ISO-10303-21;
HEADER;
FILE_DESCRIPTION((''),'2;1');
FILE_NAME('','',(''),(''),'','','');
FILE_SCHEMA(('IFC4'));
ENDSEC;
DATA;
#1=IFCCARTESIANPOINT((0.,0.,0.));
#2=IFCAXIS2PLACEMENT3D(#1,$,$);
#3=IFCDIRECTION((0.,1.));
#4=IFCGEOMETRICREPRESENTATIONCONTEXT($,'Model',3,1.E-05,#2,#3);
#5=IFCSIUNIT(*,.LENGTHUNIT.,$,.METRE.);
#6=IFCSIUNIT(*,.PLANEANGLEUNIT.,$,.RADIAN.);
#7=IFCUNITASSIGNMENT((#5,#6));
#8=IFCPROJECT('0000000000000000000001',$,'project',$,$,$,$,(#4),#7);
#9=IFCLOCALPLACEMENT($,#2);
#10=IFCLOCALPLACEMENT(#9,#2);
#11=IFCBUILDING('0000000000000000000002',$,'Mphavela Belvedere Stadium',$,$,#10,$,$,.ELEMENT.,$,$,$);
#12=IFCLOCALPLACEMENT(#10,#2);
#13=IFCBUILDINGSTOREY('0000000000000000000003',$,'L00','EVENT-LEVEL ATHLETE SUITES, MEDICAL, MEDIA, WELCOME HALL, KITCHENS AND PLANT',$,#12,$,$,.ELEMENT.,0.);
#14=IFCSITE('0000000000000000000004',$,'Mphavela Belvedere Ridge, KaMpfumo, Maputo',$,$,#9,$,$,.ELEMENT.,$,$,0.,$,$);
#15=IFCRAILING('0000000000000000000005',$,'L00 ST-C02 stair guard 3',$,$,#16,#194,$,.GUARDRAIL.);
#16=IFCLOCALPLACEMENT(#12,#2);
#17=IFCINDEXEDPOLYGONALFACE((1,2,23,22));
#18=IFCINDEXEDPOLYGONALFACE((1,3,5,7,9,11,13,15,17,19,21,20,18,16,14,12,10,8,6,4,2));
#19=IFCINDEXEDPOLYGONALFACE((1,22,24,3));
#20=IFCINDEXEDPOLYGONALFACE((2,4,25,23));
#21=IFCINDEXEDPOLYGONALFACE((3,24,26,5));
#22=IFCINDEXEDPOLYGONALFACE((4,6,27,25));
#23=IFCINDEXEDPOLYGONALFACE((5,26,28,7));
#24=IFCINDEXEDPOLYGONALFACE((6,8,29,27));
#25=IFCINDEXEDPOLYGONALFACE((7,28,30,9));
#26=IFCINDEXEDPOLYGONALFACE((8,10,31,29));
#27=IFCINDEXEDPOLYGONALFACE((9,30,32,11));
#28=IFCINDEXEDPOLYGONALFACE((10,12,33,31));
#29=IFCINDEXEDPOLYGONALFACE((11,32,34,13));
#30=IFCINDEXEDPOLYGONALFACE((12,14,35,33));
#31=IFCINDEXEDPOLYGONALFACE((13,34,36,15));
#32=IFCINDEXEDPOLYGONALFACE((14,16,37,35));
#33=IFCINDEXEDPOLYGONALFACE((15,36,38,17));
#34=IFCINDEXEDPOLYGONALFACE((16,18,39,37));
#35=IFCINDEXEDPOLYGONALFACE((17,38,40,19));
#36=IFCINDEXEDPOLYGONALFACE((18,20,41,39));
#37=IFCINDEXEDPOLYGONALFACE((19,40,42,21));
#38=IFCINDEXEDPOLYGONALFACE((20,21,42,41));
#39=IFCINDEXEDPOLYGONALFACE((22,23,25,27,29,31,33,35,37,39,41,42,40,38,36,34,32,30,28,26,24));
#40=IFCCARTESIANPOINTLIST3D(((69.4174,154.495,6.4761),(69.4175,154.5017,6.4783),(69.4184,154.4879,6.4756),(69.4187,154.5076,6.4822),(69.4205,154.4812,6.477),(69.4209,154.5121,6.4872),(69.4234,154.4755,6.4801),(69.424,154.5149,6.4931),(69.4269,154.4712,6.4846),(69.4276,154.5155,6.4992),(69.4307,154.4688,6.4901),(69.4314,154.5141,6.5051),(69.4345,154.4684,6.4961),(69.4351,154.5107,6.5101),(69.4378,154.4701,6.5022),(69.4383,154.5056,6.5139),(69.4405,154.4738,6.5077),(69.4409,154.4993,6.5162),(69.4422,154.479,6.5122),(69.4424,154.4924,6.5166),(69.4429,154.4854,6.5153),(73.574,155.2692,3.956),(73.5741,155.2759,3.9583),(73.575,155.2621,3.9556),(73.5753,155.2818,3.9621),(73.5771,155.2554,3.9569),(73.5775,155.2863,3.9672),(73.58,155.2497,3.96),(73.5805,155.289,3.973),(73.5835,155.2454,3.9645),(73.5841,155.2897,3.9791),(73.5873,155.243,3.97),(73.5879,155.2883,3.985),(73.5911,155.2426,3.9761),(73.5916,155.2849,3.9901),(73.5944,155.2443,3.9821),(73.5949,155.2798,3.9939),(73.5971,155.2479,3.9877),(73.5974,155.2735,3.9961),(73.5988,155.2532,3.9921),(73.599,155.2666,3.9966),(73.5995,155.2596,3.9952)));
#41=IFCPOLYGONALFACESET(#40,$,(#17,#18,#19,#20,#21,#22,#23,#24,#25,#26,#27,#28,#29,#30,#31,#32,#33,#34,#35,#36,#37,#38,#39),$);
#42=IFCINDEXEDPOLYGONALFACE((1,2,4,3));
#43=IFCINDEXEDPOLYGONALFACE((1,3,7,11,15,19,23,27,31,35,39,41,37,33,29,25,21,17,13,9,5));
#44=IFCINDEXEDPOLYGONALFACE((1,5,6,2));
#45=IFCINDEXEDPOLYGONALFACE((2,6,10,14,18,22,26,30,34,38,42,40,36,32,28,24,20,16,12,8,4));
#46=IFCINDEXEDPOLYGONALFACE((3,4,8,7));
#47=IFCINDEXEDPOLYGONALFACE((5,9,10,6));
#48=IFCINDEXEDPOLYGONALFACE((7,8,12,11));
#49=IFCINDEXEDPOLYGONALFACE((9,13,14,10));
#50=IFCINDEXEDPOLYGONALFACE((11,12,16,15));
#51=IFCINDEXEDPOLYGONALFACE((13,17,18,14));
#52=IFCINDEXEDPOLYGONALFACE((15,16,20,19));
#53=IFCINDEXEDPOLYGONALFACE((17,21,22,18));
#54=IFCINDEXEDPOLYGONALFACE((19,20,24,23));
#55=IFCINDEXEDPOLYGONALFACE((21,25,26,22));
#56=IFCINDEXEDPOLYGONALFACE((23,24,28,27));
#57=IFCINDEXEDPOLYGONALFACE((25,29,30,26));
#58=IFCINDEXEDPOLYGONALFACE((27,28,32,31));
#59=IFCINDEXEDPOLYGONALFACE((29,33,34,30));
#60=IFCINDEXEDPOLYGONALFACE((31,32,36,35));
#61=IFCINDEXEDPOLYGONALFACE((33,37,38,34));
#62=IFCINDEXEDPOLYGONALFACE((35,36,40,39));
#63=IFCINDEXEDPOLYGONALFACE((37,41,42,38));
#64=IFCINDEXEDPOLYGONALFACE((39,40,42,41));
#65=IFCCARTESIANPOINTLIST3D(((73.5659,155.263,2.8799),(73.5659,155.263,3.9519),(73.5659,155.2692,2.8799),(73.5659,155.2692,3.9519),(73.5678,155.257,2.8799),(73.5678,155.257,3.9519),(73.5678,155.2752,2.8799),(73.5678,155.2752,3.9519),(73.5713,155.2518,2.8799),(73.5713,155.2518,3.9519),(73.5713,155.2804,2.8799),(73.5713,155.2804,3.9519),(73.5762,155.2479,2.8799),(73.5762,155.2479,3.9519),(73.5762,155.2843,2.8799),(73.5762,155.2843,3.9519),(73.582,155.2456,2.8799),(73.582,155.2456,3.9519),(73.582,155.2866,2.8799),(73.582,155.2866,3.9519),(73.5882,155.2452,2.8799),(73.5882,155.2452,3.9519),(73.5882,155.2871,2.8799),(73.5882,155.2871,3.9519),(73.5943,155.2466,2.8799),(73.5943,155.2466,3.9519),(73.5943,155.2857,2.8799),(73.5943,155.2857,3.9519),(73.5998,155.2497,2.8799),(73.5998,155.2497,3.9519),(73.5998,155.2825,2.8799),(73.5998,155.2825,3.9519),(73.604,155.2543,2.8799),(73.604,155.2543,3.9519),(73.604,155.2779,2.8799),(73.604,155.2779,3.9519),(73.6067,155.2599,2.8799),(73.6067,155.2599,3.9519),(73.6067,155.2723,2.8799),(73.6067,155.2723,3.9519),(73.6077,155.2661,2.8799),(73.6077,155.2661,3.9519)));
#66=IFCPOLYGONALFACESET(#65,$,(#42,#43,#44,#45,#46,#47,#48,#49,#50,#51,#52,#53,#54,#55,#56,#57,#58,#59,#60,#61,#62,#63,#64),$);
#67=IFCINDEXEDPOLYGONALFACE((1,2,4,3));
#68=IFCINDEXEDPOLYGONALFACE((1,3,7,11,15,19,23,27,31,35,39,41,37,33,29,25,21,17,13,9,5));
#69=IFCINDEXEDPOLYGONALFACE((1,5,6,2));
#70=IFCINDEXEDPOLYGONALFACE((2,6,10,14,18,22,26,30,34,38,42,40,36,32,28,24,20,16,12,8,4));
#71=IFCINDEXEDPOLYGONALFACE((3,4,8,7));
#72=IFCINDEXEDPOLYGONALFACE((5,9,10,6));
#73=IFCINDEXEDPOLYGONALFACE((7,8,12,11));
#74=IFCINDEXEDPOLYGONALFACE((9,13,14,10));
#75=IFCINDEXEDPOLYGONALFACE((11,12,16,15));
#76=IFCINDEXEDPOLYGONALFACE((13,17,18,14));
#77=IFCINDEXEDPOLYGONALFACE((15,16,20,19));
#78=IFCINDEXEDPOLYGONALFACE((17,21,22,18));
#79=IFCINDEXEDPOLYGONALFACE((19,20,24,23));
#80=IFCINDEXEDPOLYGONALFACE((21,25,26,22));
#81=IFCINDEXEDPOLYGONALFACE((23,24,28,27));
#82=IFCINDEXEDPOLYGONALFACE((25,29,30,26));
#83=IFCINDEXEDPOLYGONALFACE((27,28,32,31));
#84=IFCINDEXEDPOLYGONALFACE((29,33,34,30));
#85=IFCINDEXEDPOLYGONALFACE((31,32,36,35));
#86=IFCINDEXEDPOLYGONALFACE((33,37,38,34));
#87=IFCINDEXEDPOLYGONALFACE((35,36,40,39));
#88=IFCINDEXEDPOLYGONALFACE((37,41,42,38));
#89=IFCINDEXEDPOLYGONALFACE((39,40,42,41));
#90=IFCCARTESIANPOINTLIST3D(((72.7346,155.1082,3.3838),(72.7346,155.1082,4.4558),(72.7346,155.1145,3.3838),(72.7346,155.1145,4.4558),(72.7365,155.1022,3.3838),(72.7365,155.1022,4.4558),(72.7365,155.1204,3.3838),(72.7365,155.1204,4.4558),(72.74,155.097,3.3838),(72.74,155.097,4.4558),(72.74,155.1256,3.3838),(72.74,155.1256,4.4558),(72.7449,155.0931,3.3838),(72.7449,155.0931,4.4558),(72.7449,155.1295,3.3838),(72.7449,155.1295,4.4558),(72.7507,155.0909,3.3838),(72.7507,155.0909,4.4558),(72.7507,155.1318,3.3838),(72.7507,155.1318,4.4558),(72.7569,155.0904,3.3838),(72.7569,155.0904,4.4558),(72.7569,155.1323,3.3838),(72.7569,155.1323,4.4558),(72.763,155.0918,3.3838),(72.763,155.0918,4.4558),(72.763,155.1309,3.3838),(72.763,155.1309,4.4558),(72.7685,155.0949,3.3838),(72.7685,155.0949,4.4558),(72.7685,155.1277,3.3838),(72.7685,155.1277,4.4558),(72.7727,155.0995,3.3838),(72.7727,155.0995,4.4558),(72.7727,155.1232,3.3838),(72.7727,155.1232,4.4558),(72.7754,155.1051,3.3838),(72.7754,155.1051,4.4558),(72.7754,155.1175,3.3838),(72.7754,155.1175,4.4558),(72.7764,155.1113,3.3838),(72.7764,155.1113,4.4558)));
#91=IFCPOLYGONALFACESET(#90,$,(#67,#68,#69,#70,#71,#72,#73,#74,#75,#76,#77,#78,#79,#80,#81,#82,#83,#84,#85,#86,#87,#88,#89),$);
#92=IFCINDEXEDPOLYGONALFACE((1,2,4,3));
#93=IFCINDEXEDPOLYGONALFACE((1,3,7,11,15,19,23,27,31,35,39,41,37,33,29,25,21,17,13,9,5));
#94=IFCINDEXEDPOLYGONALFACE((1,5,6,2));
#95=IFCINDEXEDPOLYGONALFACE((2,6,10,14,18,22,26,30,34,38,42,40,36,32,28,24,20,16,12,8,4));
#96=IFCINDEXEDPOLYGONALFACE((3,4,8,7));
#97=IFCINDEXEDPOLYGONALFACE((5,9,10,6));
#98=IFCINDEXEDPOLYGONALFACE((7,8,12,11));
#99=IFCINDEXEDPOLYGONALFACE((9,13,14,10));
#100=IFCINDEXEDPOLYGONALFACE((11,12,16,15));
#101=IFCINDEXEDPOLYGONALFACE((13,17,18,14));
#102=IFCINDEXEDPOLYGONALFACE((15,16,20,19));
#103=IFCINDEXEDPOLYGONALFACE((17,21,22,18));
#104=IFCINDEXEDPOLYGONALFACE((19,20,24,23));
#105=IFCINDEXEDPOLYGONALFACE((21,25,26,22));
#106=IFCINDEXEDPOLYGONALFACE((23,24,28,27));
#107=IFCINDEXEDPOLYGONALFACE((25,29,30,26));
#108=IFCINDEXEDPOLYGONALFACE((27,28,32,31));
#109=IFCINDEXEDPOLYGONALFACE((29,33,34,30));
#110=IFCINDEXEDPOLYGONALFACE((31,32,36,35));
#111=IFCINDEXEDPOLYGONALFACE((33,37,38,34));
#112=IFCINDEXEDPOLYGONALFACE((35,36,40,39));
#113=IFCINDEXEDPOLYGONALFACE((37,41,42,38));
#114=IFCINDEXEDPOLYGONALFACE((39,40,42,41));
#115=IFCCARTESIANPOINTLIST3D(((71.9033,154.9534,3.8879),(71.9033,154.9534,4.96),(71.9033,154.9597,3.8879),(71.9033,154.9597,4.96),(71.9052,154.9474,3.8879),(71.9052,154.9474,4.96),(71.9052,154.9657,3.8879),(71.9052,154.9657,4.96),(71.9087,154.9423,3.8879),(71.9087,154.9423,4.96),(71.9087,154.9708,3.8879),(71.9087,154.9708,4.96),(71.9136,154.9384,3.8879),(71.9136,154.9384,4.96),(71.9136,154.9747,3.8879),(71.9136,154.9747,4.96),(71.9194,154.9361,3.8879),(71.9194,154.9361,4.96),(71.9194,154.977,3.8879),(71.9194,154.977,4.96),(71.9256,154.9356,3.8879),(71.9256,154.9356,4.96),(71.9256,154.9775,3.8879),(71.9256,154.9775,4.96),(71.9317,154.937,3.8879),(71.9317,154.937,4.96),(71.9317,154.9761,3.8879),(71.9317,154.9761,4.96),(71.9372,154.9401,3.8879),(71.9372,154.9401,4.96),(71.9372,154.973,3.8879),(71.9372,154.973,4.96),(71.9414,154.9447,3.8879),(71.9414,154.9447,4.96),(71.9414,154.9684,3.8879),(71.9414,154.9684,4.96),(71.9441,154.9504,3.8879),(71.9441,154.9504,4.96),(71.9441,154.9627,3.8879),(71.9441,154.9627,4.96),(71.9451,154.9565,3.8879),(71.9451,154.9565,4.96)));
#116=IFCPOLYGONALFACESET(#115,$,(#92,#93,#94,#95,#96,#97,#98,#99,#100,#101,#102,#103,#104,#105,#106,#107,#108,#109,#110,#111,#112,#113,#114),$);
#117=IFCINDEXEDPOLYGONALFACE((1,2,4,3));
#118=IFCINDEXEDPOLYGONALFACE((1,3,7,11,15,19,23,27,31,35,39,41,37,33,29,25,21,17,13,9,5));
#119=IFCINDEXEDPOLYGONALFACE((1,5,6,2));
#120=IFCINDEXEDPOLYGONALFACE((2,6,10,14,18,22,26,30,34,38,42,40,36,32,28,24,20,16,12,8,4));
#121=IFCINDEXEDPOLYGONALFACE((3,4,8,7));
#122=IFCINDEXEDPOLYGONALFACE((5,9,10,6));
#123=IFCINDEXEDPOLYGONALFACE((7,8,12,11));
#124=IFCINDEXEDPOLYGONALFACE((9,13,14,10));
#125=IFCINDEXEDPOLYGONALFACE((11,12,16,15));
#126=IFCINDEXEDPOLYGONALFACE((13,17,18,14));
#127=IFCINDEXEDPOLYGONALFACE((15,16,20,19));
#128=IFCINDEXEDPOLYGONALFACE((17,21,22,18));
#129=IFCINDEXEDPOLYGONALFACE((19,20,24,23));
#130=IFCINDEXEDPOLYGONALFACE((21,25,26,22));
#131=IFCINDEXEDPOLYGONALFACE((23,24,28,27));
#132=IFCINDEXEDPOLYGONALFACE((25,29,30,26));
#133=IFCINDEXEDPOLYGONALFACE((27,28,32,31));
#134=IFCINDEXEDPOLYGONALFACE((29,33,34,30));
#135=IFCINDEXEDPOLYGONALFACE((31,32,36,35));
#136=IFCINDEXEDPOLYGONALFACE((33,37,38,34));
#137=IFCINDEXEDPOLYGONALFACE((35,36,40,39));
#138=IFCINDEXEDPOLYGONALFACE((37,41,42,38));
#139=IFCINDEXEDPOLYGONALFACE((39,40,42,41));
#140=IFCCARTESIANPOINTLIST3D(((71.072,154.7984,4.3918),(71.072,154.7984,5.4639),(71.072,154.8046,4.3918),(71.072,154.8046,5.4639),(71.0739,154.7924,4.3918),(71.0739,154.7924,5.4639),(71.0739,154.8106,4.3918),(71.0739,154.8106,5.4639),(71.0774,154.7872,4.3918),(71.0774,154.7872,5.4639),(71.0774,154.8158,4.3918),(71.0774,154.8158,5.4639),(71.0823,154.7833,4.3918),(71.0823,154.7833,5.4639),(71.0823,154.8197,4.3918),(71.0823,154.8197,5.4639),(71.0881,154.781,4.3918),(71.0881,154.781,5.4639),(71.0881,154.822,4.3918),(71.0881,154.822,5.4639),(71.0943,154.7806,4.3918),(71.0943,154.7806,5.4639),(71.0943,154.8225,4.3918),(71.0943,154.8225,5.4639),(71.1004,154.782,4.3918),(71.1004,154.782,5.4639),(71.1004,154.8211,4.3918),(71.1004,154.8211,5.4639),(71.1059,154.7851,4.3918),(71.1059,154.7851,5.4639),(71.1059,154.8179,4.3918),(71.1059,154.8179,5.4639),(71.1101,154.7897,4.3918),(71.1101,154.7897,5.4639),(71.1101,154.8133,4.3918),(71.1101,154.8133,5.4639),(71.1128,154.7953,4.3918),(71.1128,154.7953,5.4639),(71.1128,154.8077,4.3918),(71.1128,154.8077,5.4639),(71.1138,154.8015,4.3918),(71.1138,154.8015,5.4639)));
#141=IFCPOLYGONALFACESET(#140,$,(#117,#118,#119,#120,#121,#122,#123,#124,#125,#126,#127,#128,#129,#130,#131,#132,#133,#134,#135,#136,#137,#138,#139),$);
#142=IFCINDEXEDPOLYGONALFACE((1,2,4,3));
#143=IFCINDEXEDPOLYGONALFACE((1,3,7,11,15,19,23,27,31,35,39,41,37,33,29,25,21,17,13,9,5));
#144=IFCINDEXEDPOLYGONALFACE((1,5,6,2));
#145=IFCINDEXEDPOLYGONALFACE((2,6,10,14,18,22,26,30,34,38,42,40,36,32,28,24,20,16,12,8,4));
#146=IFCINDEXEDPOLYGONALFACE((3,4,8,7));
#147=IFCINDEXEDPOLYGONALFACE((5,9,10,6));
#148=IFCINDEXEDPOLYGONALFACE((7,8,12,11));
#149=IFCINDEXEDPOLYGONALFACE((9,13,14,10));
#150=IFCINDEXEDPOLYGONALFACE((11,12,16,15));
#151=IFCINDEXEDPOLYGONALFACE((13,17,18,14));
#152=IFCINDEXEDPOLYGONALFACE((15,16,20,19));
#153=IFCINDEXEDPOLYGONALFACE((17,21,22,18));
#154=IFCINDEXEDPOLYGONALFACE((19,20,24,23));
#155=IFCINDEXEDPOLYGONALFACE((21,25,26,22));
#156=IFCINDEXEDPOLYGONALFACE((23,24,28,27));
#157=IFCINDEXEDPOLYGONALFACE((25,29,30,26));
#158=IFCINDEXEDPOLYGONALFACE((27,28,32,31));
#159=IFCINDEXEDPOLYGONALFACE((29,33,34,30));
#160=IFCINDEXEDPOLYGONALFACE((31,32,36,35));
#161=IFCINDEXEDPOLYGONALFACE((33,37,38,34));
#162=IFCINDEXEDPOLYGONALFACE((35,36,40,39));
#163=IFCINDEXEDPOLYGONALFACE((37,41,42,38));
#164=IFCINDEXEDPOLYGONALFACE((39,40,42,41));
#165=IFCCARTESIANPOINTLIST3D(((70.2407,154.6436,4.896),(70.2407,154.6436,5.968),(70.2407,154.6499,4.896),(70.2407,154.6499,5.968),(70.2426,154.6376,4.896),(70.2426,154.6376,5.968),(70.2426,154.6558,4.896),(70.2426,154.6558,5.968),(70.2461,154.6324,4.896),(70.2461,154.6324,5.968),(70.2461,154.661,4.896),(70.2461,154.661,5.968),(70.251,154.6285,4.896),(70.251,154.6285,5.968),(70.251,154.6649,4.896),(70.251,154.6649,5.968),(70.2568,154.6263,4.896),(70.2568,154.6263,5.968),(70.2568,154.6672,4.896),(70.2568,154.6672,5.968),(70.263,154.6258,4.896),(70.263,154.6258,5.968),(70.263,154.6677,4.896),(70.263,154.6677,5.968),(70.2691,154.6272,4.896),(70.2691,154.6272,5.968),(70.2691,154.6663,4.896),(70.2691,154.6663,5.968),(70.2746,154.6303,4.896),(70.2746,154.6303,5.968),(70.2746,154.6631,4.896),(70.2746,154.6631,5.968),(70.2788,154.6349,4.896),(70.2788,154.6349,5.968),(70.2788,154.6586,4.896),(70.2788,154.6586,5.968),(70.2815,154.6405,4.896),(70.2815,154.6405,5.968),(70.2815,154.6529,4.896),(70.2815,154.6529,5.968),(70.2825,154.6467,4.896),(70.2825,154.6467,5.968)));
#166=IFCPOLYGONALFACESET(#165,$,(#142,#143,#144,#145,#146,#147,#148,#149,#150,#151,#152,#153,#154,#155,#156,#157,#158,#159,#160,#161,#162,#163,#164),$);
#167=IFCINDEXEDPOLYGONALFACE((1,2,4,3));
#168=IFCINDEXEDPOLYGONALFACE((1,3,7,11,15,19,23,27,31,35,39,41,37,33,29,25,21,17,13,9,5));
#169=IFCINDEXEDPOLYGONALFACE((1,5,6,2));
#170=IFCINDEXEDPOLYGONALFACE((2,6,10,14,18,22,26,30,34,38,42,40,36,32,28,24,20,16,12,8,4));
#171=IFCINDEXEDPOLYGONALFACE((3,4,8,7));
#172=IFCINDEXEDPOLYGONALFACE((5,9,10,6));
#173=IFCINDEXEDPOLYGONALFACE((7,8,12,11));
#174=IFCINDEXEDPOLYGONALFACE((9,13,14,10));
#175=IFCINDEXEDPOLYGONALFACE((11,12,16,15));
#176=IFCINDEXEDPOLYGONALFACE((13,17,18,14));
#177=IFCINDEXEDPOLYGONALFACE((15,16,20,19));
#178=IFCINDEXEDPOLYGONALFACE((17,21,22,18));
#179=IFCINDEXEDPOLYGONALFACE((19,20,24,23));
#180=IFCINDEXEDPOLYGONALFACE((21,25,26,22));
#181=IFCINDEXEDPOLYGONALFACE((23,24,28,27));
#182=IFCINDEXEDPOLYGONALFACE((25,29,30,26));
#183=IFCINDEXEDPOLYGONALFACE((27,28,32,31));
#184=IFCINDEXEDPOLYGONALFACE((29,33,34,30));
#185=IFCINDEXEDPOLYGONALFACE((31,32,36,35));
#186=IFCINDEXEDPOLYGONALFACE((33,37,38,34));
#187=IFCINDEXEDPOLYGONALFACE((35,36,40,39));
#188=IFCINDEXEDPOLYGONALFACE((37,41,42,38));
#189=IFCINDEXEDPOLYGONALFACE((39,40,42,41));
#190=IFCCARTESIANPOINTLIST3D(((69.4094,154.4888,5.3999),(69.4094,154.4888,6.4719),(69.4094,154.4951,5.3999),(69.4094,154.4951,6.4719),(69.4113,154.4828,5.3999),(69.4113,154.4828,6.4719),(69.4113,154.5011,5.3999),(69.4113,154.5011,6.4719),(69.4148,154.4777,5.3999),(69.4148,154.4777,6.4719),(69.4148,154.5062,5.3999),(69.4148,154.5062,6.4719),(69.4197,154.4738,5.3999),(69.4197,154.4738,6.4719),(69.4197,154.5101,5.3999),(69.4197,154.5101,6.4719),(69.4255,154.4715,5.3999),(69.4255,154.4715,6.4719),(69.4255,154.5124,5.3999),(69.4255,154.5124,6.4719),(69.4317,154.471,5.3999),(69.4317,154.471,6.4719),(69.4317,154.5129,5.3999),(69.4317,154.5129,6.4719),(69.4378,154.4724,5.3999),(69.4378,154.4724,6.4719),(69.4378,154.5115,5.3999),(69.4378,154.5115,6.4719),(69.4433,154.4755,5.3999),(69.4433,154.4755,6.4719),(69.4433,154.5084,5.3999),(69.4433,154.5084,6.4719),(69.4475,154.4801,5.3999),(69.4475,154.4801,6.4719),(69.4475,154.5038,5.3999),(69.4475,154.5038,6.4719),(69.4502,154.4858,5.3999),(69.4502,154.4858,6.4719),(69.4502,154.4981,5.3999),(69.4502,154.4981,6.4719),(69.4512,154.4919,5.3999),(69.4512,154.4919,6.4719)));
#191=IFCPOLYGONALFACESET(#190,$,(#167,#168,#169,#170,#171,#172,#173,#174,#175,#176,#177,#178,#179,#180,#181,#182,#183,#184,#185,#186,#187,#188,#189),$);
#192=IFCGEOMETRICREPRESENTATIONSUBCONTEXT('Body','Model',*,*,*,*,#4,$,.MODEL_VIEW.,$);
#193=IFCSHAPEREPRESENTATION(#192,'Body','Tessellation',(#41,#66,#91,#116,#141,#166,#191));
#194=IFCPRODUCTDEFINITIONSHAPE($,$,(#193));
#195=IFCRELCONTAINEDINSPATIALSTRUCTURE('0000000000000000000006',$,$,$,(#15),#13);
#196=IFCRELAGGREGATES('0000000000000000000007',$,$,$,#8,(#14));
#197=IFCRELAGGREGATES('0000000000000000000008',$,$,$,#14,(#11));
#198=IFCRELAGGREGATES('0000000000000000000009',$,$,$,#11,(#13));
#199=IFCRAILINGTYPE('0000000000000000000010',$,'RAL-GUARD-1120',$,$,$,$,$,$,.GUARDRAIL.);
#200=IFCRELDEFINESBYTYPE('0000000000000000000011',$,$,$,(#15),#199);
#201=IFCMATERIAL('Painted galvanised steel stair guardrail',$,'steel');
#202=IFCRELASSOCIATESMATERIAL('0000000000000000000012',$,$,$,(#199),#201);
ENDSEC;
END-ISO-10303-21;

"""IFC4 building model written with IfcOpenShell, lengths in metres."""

from ifc_helpers import new_model, si_unit, direction, frame, origin, origin_2d, place, context, subcontext, project, spatial, circle, extrude, material, type_object, element, save


model = new_model("IFC4")

# Units and contexts
model_context = context("Model", 3, precision=1e-05, world=origin(), true_north=direction((0.0, 1.0)))
body_context = subcontext(model_context, "Body", "Model", "MODEL_VIEW")
ifc_project = project(units=[si_unit("LENGTHUNIT", "METRE"), si_unit("PLANEANGLEUNIT", "RADIAN")], contexts=[model_context])

# Site, building, storey
site_placement = place(None, origin())
site = spatial("IfcSite", under=ifc_project, at=site_placement, Name="Mphavela Belvedere Ridge, KaMpfumo, Maputo", CompositionType="ELEMENT", RefElevation=0.0)
building_placement = place(site_placement, origin())
building = spatial("IfcBuilding", under=site, at=building_placement, Name="Mphavela Belvedere Stadium", CompositionType="ELEMENT")
storey_placement = place(building_placement, origin())
storey = spatial("IfcBuildingStorey", under=building, at=storey_placement, Name="L00", Description="EVENT-LEVEL ATHLETE SUITES, MEDICAL, MEDIA, WELCOME HALL, KITCHENS AND PLANT", CompositionType="ELEMENT", Elevation=0.0)

# Railing
ifc_material_1 = material(Name="Painted galvanised steel stair guardrail", Category="steel")
railing_type_1 = type_object("IfcRailingType", Name="RAL-GUARD-1120", PredefinedType="GUARDRAIL", material=ifc_material_1)
railing_1_placement = place(storey_placement, frame((73.5867, 155.2661, 2.8799)))
element("IfcRailing", 1, at=railing_1_placement, inside=storey, type_object=railing_type_1, Name="L00 ST-C02 stair guard 3", PredefinedType="GUARDRAIL", context=body_context, shape_type="SweptSolid", body=[
    extrude(circle(Radius=0.0239, at=origin_2d()), frame((0.0, 0.0, 1.0962), z_axis=(-0.844469, -0.157287, 0.511989), x_axis=(0.183107, -0.983093, 0.0)), (0.0, 0.0, 1.0), 4.9221),
    extrude(circle(Radius=0.021, at=origin_2d()), origin(), (0.0, 0.0, 1.0), 1.072),
    extrude(circle(Radius=0.021, at=origin_2d()), frame((-0.8313, -0.1548, 0.5039)), (0.0, 0.0, 1.0), 1.072),
    extrude(circle(Radius=0.021, at=origin_2d()), frame((-1.6626, -0.3096, 1.0081)), (0.0, 0.0, 1.0), 1.072),
    extrude(circle(Radius=0.021, at=origin_2d()), frame((-2.4939, -0.4646, 1.512)), (0.0, 0.0, 1.0), 1.072),
    extrude(circle(Radius=0.021, at=origin_2d()), frame((-3.3252, -0.6194, 2.0161)), (0.0, 0.0, 1.0), 1.072),
    extrude(circle(Radius=0.021, at=origin_2d()), frame((-4.1565, -0.7742, 2.52)), (0.0, 0.0, 1.0), 1.072),
])

save(model, "model.ifc")
